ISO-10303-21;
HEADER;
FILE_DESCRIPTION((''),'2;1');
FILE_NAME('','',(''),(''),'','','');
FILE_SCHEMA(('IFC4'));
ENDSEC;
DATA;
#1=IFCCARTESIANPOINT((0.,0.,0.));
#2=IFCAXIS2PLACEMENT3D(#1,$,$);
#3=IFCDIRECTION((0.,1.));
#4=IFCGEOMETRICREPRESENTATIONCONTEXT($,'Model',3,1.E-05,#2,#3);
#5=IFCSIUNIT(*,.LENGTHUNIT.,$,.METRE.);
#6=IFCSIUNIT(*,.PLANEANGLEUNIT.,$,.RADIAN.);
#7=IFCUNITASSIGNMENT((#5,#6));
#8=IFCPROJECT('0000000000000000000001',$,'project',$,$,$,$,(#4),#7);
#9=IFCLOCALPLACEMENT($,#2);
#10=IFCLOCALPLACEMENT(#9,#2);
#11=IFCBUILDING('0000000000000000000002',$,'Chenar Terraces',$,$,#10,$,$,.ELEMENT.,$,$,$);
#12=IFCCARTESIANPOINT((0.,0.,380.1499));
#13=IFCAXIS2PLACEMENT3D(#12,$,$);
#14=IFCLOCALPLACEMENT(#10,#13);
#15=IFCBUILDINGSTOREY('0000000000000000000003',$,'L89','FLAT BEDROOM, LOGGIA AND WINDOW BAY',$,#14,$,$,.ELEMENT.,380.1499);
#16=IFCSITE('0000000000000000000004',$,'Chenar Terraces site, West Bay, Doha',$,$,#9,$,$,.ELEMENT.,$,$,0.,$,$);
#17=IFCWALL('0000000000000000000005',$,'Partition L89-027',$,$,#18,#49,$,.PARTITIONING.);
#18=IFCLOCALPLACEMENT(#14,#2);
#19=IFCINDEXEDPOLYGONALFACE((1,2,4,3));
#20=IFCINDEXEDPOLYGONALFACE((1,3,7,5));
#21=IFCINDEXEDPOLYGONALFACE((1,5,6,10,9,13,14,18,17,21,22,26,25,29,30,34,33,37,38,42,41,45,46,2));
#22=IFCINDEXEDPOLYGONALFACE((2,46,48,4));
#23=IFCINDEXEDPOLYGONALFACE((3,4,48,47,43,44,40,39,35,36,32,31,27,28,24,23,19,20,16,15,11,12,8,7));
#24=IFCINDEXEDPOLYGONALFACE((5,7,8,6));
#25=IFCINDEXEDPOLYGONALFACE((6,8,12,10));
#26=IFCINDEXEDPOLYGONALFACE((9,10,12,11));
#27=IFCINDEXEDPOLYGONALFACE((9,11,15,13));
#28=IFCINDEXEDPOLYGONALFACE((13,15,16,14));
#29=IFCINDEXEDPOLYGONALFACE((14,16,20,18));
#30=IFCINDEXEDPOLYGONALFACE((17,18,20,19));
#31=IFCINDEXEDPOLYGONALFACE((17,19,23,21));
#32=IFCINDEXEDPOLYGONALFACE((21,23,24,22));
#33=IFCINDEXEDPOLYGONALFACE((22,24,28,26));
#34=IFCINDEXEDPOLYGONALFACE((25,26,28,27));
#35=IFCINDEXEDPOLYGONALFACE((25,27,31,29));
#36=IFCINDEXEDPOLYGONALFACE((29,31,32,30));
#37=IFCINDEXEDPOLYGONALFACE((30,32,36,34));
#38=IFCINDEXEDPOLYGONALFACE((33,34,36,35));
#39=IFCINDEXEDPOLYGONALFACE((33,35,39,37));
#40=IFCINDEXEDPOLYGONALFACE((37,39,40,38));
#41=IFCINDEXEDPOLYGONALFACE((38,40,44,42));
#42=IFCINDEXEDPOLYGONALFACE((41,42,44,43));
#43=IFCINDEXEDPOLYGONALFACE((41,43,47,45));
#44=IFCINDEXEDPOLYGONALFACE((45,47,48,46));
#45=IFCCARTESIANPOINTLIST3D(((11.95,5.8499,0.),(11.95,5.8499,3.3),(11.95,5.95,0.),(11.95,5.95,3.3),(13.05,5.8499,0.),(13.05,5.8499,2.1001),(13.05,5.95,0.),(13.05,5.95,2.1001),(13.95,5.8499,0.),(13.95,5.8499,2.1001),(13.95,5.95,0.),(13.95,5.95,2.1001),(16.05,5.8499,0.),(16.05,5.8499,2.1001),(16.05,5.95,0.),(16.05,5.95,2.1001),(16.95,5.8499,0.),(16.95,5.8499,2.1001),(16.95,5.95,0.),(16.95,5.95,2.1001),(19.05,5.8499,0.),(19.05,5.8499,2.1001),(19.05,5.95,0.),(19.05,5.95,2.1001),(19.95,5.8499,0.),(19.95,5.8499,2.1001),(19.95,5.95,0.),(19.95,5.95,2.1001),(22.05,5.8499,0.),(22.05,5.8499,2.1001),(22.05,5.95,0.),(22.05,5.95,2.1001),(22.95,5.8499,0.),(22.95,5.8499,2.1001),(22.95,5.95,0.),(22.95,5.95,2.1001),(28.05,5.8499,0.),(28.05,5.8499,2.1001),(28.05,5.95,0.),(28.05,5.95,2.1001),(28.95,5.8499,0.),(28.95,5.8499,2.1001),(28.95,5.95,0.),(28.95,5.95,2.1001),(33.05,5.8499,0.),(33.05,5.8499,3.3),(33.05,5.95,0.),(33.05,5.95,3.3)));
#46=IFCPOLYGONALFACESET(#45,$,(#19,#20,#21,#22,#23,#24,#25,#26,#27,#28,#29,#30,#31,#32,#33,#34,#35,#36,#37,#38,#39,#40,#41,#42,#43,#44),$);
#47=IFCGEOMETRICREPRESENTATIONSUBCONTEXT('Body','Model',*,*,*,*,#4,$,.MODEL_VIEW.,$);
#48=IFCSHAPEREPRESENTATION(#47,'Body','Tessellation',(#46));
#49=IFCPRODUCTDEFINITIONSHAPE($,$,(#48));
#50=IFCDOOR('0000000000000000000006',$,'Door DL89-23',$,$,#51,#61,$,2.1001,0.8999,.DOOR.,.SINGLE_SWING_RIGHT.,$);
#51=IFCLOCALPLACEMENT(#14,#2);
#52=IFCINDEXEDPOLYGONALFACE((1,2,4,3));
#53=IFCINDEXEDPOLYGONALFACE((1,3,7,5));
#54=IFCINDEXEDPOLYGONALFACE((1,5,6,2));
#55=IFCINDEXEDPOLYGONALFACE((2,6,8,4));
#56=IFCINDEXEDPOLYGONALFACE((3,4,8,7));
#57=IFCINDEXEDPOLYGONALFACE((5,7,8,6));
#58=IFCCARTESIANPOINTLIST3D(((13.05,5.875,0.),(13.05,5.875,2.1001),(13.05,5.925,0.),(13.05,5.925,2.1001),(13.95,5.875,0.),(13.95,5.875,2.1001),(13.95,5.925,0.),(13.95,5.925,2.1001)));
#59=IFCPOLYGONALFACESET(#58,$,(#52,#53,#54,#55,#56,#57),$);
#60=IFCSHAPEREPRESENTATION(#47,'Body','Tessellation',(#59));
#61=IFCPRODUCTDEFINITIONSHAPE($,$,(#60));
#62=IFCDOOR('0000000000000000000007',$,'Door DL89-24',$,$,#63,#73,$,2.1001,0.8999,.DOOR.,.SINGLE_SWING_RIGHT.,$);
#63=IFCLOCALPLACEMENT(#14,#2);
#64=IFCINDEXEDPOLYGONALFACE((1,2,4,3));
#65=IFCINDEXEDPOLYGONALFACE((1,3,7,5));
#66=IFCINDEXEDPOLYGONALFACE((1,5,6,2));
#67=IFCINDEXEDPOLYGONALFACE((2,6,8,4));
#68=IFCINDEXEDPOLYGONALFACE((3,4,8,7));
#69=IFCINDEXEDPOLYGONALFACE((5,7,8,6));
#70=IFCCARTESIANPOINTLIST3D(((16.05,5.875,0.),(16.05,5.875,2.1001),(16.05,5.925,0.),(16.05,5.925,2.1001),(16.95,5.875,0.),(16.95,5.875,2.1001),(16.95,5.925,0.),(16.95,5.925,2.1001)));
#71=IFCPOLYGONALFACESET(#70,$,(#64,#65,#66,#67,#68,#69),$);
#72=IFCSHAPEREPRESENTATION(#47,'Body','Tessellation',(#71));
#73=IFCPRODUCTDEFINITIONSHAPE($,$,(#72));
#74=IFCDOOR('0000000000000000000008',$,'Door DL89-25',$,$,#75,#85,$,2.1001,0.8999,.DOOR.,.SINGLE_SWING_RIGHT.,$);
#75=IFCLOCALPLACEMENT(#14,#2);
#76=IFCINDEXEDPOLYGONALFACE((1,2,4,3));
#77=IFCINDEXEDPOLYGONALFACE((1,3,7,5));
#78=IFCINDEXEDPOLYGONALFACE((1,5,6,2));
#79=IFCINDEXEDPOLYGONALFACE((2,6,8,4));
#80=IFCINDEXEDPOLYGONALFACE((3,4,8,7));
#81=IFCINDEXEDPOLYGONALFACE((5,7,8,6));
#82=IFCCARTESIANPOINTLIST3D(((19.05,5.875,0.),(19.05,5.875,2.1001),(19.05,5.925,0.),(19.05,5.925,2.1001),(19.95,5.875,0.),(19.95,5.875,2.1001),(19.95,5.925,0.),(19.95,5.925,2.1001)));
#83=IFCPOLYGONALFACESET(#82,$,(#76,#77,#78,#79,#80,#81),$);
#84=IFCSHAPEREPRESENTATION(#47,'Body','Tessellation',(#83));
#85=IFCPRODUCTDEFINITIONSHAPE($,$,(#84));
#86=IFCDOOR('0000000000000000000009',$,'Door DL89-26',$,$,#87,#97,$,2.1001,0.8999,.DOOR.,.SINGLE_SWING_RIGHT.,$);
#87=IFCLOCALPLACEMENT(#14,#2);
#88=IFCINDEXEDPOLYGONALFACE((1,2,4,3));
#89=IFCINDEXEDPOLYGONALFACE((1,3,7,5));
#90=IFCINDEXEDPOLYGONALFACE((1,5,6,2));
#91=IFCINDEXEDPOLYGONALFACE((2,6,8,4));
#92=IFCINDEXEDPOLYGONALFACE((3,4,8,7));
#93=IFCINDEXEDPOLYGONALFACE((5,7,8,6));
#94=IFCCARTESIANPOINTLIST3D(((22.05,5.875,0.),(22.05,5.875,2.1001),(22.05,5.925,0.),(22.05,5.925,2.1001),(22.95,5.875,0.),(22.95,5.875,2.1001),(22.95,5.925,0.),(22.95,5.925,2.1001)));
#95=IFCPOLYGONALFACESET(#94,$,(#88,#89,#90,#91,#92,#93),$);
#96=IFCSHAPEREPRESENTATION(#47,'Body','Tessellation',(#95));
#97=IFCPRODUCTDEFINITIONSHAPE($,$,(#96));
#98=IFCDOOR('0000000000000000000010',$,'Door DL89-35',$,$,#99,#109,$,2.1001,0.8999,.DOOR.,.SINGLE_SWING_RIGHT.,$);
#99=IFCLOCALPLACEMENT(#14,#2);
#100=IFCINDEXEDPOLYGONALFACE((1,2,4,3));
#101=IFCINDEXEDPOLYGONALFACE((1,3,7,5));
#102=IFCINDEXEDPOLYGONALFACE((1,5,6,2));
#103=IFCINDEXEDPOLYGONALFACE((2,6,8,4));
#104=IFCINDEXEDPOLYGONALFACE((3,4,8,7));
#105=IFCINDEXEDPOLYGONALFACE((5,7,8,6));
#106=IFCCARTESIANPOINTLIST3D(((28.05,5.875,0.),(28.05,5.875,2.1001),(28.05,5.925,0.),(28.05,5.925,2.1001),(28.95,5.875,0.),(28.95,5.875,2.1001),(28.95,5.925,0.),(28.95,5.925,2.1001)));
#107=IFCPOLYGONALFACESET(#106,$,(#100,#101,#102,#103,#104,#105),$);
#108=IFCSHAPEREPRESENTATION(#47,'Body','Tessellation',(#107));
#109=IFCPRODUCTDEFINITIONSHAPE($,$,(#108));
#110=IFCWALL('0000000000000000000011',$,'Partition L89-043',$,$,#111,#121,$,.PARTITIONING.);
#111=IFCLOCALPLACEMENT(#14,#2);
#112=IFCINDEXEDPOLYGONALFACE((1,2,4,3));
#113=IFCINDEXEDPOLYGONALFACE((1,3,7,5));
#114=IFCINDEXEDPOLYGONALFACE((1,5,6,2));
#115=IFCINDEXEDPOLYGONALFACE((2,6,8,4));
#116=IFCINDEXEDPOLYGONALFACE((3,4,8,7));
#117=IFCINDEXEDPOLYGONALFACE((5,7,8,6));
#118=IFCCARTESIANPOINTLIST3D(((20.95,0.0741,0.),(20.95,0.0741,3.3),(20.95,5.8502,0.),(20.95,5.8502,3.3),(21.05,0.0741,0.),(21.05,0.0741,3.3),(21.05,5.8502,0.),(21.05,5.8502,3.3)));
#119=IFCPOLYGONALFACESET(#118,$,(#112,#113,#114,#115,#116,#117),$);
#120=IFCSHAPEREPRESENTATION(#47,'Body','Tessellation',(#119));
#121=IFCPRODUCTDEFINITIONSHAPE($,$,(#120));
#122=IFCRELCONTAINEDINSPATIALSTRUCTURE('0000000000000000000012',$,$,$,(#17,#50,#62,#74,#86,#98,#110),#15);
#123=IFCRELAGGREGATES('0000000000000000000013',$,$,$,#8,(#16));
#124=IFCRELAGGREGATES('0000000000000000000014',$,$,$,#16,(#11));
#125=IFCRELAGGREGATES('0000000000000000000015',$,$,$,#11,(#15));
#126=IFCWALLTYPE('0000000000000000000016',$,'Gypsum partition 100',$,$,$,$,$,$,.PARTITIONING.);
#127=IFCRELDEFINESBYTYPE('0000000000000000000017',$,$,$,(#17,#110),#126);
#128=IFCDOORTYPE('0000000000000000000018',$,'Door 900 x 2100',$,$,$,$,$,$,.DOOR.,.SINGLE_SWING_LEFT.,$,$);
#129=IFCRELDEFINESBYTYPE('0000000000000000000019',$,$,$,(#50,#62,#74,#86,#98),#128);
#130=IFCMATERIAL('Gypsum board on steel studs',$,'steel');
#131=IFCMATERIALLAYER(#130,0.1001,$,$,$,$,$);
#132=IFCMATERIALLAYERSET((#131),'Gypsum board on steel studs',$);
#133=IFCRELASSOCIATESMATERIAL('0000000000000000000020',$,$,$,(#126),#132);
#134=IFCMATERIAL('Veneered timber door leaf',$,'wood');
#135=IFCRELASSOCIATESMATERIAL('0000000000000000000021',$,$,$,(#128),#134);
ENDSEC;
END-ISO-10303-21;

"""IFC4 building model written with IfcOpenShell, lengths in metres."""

from ifc_helpers import new_model, si_unit, direction, frame, frame_2d, origin, place, context, subcontext, project, spatial, rectangle, extrude, material, layer, layer_set, type_object, element, fill, save


model = new_model("IFC4")

# Units and contexts
model_context = context("Model", 3, precision=1e-05, world=origin(), true_north=direction((0.0, 1.0)))
body_context = subcontext(model_context, "Body", "Model", "MODEL_VIEW")
ifc_project = project(units=[si_unit("LENGTHUNIT", "METRE"), si_unit("PLANEANGLEUNIT", "RADIAN")], contexts=[model_context])

# Site, building, storey
site_placement = place(None, origin())
site = spatial("IfcSite", under=ifc_project, at=site_placement, Name="Chenar Terraces site, West Bay, Doha", CompositionType="ELEMENT", RefElevation=0.0)
building_placement = place(site_placement, origin())
building = spatial("IfcBuilding", under=site, at=building_placement, Name="Chenar Terraces", CompositionType="ELEMENT")
storey_placement = place(building_placement, frame((0.0, 0.0, 380.1499)))
storey = spatial("IfcBuildingStorey", under=building, at=storey_placement, Name="L89", Description="FLAT BEDROOM, LOGGIA AND WINDOW BAY", CompositionType="ELEMENT", Elevation=380.1499)

# Shared definitions
ifc_material_1 = material(Name="Gypsum board on steel studs", Category="steel")
ifc_layer_1 = layer(ifc_material_1, 0.1001)
ifc_layer_set_1 = layer_set([ifc_layer_1], Name="Gypsum board on steel studs")
wall_type_1 = type_object("IfcWallType", Name="Gypsum partition 100", PredefinedType="PARTITIONING", material=ifc_layer_set_1)

# Wall, openings, doors
wall_1_placement = place(storey_placement, frame((11.95, 5.8999, 0.0), z_axis=(0.0, 0.0, 1.0), x_axis=(1.0, 0.0, 0.0)))
wall_1 = element("IfcWall", 1, at=wall_1_placement, inside=storey, type_object=wall_type_1, Name="Partition L89-027", PredefinedType="PARTITIONING", context=body_context, shape_type="SweptSolid", body=[
    extrude(rectangle(XDim=21.1001, YDim=0.1001, at=frame_2d((10.55, 0.0))), origin(), (0.0, 0.0, 1.0), 3.3),
])
opening_1_placement = place(wall_1_placement, frame((1.1001, 0.0, 0.0)))
opening_1 = element("IfcOpeningElement", 2, at=opening_1_placement, cuts=wall_1, PredefinedType="OPENING", context=body_context, shape_type="SweptSolid", body=[
    extrude(rectangle(XDim=0.8999, YDim=2.1001, at=frame_2d((0.45, 1.05))), frame((0.0, 0.0601, 0.0), z_axis=(0.0, -1.0, 0.0), x_axis=(1.0, 0.0, 0.0)), (0.0, 0.0, 1.0), 0.1201),
])
opening_2_placement = place(wall_1_placement, frame((4.1001, 0.0, 0.0)))
opening_2 = element("IfcOpeningElement", 3, at=opening_2_placement, cuts=wall_1, PredefinedType="OPENING", context=body_context, shape_type="SweptSolid", body=[
    extrude(rectangle(XDim=0.8999, YDim=2.1001, at=frame_2d((0.45, 1.05))), frame((0.0, 0.0601, 0.0), z_axis=(0.0, -1.0, 0.0), x_axis=(1.0, 0.0, 0.0)), (0.0, 0.0, 1.0), 0.1201),
])
opening_3_placement = place(wall_1_placement, frame((7.1001, 0.0, 0.0)))
opening_3 = element("IfcOpeningElement", 4, at=opening_3_placement, cuts=wall_1, PredefinedType="OPENING", context=body_context, shape_type="SweptSolid", body=[
    extrude(rectangle(XDim=0.8999, YDim=2.1001, at=frame_2d((0.45, 1.05))), frame((0.0, 0.0601, 0.0), z_axis=(0.0, -1.0, 0.0), x_axis=(1.0, 0.0, 0.0)), (0.0, 0.0, 1.0), 0.1201),
])
opening_4_placement = place(wall_1_placement, frame((10.1001, 0.0, 0.0)))
opening_4 = element("IfcOpeningElement", 5, at=opening_4_placement, cuts=wall_1, PredefinedType="OPENING", context=body_context, shape_type="SweptSolid", body=[
    extrude(rectangle(XDim=0.8999, YDim=2.1001, at=frame_2d((0.45, 1.05))), frame((0.0, 0.0601, 0.0), z_axis=(0.0, -1.0, 0.0), x_axis=(1.0, 0.0, 0.0)), (0.0, 0.0, 1.0), 0.1201),
])
opening_5_placement = place(wall_1_placement, frame((16.1001, 0.0, 0.0)))
opening_5 = element("IfcOpeningElement", 6, at=opening_5_placement, cuts=wall_1, PredefinedType="OPENING", context=body_context, shape_type="SweptSolid", body=[
    extrude(rectangle(XDim=0.8999, YDim=2.1001, at=frame_2d((0.45, 1.05))), frame((0.0, 0.0601, 0.0), z_axis=(0.0, -1.0, 0.0), x_axis=(1.0, 0.0, 0.0)), (0.0, 0.0, 1.0), 0.1201),
])
ifc_material_2 = material(Name="Veneered timber door leaf", Category="wood")
door_type_1 = type_object("IfcDoorType", Name="Door 900 x 2100", OperationType="SINGLE_SWING_LEFT", PredefinedType="DOOR", material=ifc_material_2)
door_1_placement = place(opening_1_placement, frame((0.8999, 0.0, 0.0), z_axis=(0.0, 0.0, 1.0), x_axis=(-1.0, 0.0, 0.0)))
door_1 = element("IfcDoor", 7, at=door_1_placement, inside=storey, type_object=door_type_1, Name="Door DL89-23", OperationType="SINGLE_SWING_RIGHT", OverallHeight=2.1001, OverallWidth=0.8999, PredefinedType="DOOR", context=body_context, shape_type="SweptSolid", body=[
    extrude(rectangle(XDim=0.8999, YDim=2.1001, at=frame_2d((0.45, 1.05))), frame((0.0, 0.0249, 0.0), z_axis=(0.0, -1.0, 0.0), x_axis=(1.0, 0.0, 0.0)), (0.0, 0.0, 1.0), 0.05),
])
fill(opening_1, door_1)
door_2_placement = place(opening_2_placement, frame((0.8999, 0.0, 0.0), z_axis=(0.0, 0.0, 1.0), x_axis=(-1.0, 0.0, 0.0)))
door_2 = element("IfcDoor", 8, at=door_2_placement, inside=storey, type_object=door_type_1, Name="Door DL89-24", OperationType="SINGLE_SWING_RIGHT", OverallHeight=2.1001, OverallWidth=0.8999, PredefinedType="DOOR", context=body_context, shape_type="SweptSolid", body=[
    extrude(rectangle(XDim=0.8999, YDim=2.1001, at=frame_2d((0.45, 1.05))), frame((0.0, 0.0249, 0.0), z_axis=(0.0, -1.0, 0.0), x_axis=(1.0, 0.0, 0.0)), (0.0, 0.0, 1.0), 0.05),
])
fill(opening_2, door_2)
door_3_placement = place(opening_3_placement, frame((0.8999, 0.0, 0.0), z_axis=(0.0, 0.0, 1.0), x_axis=(-1.0, 0.0, 0.0)))
door_3 = element("IfcDoor", 9, at=door_3_placement, inside=storey, type_object=door_type_1, Name="Door DL89-25", OperationType="SINGLE_SWING_RIGHT", OverallHeight=2.1001, OverallWidth=0.8999, PredefinedType="DOOR", context=body_context, shape_type="SweptSolid", body=[
    extrude(rectangle(XDim=0.8999, YDim=2.1001, at=frame_2d((0.45, 1.05))), frame((0.0, 0.0249, 0.0), z_axis=(0.0, -1.0, 0.0), x_axis=(1.0, 0.0, 0.0)), (0.0, 0.0, 1.0), 0.05),
])
fill(opening_3, door_3)
door_4_placement = place(opening_4_placement, frame((0.8999, 0.0, 0.0), z_axis=(0.0, 0.0, 1.0), x_axis=(-1.0, 0.0, 0.0)))
door_4 = element("IfcDoor", 10, at=door_4_placement, inside=storey, type_object=door_type_1, Name="Door DL89-26", OperationType="SINGLE_SWING_RIGHT", OverallHeight=2.1001, OverallWidth=0.8999, PredefinedType="DOOR", context=body_context, shape_type="SweptSolid", body=[
    extrude(rectangle(XDim=0.8999, YDim=2.1001, at=frame_2d((0.45, 1.05))), frame((0.0, 0.0249, 0.0), z_axis=(0.0, -1.0, 0.0), x_axis=(1.0, 0.0, 0.0)), (0.0, 0.0, 1.0), 0.05),
])
fill(opening_4, door_4)
door_5_placement = place(opening_5_placement, frame((0.8999, 0.0, 0.0), z_axis=(0.0, 0.0, 1.0), x_axis=(-1.0, 0.0, 0.0)))
door_5 = element("IfcDoor", 11, at=door_5_placement, inside=storey, type_object=door_type_1, Name="Door DL89-35", OperationType="SINGLE_SWING_RIGHT", OverallHeight=2.1001, OverallWidth=0.8999, PredefinedType="DOOR", context=body_context, shape_type="SweptSolid", body=[
    extrude(rectangle(XDim=0.8999, YDim=2.1001, at=frame_2d((0.45, 1.05))), frame((0.0, 0.0249, 0.0), z_axis=(0.0, -1.0, 0.0), x_axis=(1.0, 0.0, 0.0)), (0.0, 0.0, 1.0), 0.05),
])
fill(opening_5, door_5)

# Wall
wall_2_placement = place(storey_placement, frame((21.0, 0.074, 0.0), z_axis=(0.0, 0.0, 1.0), x_axis=(0.0, 1.0, 0.0)))
element("IfcWall", 12, at=wall_2_placement, inside=storey, type_object=wall_type_1, Name="Partition L89-043", PredefinedType="PARTITIONING", context=body_context, shape_type="SweptSolid", body=[
    extrude(rectangle(XDim=5.7761, YDim=0.1001, at=frame_2d((2.8882, 0.0))), origin(), (0.0, 0.0, 1.0), 3.3),
])

save(model, "model.ifc")
